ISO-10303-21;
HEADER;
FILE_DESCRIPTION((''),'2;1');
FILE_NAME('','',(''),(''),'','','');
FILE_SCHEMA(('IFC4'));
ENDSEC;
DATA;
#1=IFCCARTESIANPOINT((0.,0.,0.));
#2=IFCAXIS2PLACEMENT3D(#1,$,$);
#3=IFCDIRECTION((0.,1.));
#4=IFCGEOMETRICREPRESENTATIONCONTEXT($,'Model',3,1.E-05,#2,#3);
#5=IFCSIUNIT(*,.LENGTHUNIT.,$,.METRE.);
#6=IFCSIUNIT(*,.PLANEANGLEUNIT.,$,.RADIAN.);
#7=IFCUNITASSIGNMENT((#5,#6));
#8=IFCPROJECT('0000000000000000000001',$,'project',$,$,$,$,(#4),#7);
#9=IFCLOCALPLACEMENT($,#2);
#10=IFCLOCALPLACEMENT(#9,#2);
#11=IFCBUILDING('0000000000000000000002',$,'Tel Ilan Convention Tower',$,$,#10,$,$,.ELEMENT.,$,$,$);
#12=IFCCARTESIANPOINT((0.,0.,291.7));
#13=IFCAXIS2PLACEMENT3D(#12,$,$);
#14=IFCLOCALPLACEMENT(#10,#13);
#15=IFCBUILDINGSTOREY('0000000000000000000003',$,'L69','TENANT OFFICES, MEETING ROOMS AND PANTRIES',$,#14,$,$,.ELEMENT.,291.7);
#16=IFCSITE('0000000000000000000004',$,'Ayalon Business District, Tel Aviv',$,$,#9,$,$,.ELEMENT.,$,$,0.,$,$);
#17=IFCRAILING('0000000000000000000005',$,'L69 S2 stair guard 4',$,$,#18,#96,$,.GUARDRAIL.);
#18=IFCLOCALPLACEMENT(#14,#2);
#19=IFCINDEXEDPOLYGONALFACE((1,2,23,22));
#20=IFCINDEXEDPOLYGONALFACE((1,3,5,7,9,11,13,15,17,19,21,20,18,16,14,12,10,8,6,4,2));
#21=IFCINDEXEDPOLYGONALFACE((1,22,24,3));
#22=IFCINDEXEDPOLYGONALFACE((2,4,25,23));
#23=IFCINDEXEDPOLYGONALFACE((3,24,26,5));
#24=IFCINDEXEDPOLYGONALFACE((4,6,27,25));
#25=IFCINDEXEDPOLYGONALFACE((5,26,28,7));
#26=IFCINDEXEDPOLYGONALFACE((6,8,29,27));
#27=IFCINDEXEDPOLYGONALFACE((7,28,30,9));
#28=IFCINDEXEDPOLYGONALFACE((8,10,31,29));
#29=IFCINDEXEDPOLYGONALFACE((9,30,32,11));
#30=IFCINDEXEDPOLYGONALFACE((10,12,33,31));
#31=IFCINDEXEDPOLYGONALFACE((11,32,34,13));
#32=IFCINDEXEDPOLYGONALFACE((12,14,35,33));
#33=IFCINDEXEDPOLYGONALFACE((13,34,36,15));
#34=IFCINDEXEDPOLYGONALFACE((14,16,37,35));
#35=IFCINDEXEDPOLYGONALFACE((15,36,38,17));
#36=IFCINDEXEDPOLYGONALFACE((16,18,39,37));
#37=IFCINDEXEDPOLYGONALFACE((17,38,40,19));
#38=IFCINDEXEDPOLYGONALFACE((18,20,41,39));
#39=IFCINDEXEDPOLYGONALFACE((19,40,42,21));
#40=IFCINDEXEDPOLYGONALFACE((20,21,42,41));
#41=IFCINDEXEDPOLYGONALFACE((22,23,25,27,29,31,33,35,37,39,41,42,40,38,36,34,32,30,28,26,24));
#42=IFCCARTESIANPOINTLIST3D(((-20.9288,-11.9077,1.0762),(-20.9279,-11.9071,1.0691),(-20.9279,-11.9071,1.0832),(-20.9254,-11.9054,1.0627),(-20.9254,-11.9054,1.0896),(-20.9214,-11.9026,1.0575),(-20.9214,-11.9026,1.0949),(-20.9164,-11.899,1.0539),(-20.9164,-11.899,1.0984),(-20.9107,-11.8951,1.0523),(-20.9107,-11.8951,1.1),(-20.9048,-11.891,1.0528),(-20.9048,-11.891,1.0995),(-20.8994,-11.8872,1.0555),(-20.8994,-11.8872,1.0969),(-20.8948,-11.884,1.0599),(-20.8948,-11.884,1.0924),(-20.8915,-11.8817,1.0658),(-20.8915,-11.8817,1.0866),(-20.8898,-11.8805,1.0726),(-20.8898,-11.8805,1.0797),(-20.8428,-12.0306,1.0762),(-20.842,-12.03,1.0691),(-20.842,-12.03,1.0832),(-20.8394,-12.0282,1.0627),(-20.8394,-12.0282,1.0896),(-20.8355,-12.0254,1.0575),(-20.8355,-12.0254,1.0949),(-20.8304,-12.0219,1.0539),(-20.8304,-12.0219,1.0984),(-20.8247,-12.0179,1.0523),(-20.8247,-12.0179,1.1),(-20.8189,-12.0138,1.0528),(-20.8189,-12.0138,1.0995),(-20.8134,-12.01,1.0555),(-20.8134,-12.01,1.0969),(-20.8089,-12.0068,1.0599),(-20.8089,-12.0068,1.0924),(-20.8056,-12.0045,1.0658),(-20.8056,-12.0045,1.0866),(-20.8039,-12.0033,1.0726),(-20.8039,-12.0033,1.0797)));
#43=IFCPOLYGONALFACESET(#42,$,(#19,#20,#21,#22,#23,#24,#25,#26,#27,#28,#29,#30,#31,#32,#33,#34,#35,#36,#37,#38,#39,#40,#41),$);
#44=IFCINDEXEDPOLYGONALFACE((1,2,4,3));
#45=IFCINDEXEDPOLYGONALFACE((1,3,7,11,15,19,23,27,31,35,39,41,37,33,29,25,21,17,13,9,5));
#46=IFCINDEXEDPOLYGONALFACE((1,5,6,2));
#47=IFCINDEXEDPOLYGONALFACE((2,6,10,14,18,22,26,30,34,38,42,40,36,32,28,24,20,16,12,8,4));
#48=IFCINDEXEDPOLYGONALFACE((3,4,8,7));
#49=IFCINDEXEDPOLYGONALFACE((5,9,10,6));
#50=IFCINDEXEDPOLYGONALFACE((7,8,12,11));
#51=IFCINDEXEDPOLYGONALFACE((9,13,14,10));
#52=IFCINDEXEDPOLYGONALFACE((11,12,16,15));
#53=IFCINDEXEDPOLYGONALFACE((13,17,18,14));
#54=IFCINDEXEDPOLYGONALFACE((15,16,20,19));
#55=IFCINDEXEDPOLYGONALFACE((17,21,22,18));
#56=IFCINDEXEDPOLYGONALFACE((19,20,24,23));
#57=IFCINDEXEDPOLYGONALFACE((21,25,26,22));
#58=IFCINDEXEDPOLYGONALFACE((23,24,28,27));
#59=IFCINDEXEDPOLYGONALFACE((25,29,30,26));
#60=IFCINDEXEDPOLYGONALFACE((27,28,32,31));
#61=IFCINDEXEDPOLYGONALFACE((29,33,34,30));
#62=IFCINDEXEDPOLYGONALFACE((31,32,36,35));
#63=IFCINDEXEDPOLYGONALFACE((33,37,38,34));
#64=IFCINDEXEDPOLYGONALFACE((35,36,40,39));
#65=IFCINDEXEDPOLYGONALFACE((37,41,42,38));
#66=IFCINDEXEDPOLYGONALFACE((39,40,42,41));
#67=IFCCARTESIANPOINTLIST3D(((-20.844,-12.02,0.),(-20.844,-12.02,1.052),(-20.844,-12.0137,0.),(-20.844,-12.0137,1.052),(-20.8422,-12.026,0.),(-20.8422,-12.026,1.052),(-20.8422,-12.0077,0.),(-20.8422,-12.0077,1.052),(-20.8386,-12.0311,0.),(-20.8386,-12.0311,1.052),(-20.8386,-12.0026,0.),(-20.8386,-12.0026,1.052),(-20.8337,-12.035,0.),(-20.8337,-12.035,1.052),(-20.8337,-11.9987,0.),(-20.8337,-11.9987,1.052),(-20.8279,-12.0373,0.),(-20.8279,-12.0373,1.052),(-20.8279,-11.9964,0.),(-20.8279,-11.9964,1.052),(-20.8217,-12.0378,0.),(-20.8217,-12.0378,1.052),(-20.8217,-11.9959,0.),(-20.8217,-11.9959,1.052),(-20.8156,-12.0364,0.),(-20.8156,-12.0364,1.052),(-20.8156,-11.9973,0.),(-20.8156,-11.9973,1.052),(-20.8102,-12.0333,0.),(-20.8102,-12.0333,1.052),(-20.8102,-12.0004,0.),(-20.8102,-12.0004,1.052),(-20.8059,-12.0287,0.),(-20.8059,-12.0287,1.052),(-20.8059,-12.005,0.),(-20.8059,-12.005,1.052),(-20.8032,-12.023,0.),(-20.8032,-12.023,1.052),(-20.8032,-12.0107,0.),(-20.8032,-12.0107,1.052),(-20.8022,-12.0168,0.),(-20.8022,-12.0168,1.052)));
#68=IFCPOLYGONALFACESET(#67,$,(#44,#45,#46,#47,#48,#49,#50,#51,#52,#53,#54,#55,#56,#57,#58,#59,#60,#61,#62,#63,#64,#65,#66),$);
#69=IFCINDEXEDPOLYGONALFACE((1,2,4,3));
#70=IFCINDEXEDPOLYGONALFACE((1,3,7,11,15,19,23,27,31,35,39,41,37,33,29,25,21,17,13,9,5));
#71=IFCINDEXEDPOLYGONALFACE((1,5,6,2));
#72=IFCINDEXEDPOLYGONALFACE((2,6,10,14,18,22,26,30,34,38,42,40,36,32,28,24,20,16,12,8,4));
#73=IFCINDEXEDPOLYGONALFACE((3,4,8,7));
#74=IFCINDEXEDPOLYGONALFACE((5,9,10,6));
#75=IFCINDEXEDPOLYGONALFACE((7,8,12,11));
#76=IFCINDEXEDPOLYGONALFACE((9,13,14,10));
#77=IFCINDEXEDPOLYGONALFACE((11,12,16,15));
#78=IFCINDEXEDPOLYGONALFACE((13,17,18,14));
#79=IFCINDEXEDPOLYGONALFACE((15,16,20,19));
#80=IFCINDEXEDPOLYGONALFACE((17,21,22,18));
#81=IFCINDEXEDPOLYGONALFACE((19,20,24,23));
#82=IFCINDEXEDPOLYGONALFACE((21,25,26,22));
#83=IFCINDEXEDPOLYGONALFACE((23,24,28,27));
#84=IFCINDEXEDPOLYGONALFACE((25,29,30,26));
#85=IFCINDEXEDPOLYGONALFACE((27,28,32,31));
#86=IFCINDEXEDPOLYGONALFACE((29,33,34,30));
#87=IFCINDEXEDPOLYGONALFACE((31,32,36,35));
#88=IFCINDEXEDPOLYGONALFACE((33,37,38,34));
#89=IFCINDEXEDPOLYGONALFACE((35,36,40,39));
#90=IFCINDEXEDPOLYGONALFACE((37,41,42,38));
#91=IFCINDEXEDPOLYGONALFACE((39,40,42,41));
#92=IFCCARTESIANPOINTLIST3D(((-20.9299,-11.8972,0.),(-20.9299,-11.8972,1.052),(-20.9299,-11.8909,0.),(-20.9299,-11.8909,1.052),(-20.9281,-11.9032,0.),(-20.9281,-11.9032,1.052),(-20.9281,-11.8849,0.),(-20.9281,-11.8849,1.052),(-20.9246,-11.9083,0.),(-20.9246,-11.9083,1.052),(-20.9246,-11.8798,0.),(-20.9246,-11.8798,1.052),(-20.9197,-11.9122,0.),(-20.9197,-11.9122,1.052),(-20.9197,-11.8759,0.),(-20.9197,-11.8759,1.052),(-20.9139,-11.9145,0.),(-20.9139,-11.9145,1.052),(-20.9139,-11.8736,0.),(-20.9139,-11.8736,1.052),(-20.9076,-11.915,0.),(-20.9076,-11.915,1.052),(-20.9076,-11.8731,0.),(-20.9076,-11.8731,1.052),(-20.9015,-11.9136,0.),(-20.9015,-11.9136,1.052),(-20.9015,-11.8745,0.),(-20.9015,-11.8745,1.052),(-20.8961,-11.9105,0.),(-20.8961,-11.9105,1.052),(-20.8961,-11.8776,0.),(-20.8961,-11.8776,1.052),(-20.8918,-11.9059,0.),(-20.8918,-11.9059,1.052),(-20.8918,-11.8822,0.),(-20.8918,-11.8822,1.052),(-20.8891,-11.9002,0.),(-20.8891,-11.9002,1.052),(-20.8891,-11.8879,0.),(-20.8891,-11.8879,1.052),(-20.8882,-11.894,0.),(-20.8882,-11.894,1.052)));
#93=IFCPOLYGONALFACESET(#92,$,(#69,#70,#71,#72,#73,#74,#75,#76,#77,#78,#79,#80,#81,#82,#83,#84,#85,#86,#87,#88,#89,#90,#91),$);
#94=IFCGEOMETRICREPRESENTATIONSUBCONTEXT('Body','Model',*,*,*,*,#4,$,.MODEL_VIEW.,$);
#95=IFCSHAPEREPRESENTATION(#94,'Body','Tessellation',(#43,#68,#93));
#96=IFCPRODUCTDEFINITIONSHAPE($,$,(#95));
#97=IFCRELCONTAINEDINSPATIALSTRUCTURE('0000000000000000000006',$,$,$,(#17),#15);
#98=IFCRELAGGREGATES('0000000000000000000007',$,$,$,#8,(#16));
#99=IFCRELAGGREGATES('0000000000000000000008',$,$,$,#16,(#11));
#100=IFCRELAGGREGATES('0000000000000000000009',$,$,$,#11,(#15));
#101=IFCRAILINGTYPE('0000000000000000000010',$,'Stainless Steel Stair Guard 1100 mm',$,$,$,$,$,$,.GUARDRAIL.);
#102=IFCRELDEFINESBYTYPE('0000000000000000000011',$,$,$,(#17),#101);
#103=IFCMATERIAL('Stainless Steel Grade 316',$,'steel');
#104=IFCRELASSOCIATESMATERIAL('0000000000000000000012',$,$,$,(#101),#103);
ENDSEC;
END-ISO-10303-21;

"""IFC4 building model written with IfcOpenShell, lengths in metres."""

from ifc_helpers import new_model, si_unit, direction, frame, origin, origin_2d, place, context, subcontext, project, spatial, circle, extrude, material, type_object, element, save


model = new_model("IFC4")

# Units and contexts
model_context = context("Model", 3, precision=1e-05, world=origin(), true_north=direction((0.0, 1.0)))
body_context = subcontext(model_context, "Body", "Model", "MODEL_VIEW")
ifc_project = project(units=[si_unit("LENGTHUNIT", "METRE"), si_unit("PLANEANGLEUNIT", "RADIAN")], contexts=[model_context])

# Site, building, storey
site_placement = place(None, origin())
site = spatial("IfcSite", under=ifc_project, at=site_placement, Name="Ayalon Business District, Tel Aviv", CompositionType="ELEMENT", RefElevation=0.0)
building_placement = place(site_placement, origin())
building = spatial("IfcBuilding", under=site, at=building_placement, Name="Tel Ilan Convention Tower", CompositionType="ELEMENT")
storey_placement = place(building_placement, frame((0.0, 0.0, 291.7)))
storey = spatial("IfcBuildingStorey", under=building, at=storey_placement, Name="L69", Description="TENANT OFFICES, MEETING ROOMS AND PANTRIES", CompositionType="ELEMENT", Elevation=291.7)

# Railing
ifc_material_1 = material(Name="Stainless Steel Grade 316", Category="steel")
railing_type_1 = type_object("IfcRailingType", Name="Stainless Steel Stair Guard 1100 mm", PredefinedType="GUARDRAIL", material=ifc_material_1)
railing_1_placement = place(storey_placement, frame((-20.8232, -12.0168, 0.0)))
element("IfcRailing", 1, at=railing_1_placement, inside=storey, type_object=railing_type_1, Name="L69 S2 stair guard 4", PredefinedType="GUARDRAIL", context=body_context, shape_type="SweptSolid", body=[
    extrude(circle(Radius=0.0239, at=origin_2d()), frame((0.0, 0.0, 1.0762), z_axis=(-0.573353, 0.819308, 0.0), x_axis=(-0.819308, -0.573353, 0.0)), (0.0, 0.0, 1.0), 0.1499),
    extrude(circle(Radius=0.021, at=origin_2d()), origin(), (0.0, 0.0, 1.0), 1.052),
    extrude(circle(Radius=0.021, at=origin_2d()), frame((-0.0859, 0.1228, 0.0)), (0.0, 0.0, 1.0), 1.052),
])

save(model, "model.ifc")
